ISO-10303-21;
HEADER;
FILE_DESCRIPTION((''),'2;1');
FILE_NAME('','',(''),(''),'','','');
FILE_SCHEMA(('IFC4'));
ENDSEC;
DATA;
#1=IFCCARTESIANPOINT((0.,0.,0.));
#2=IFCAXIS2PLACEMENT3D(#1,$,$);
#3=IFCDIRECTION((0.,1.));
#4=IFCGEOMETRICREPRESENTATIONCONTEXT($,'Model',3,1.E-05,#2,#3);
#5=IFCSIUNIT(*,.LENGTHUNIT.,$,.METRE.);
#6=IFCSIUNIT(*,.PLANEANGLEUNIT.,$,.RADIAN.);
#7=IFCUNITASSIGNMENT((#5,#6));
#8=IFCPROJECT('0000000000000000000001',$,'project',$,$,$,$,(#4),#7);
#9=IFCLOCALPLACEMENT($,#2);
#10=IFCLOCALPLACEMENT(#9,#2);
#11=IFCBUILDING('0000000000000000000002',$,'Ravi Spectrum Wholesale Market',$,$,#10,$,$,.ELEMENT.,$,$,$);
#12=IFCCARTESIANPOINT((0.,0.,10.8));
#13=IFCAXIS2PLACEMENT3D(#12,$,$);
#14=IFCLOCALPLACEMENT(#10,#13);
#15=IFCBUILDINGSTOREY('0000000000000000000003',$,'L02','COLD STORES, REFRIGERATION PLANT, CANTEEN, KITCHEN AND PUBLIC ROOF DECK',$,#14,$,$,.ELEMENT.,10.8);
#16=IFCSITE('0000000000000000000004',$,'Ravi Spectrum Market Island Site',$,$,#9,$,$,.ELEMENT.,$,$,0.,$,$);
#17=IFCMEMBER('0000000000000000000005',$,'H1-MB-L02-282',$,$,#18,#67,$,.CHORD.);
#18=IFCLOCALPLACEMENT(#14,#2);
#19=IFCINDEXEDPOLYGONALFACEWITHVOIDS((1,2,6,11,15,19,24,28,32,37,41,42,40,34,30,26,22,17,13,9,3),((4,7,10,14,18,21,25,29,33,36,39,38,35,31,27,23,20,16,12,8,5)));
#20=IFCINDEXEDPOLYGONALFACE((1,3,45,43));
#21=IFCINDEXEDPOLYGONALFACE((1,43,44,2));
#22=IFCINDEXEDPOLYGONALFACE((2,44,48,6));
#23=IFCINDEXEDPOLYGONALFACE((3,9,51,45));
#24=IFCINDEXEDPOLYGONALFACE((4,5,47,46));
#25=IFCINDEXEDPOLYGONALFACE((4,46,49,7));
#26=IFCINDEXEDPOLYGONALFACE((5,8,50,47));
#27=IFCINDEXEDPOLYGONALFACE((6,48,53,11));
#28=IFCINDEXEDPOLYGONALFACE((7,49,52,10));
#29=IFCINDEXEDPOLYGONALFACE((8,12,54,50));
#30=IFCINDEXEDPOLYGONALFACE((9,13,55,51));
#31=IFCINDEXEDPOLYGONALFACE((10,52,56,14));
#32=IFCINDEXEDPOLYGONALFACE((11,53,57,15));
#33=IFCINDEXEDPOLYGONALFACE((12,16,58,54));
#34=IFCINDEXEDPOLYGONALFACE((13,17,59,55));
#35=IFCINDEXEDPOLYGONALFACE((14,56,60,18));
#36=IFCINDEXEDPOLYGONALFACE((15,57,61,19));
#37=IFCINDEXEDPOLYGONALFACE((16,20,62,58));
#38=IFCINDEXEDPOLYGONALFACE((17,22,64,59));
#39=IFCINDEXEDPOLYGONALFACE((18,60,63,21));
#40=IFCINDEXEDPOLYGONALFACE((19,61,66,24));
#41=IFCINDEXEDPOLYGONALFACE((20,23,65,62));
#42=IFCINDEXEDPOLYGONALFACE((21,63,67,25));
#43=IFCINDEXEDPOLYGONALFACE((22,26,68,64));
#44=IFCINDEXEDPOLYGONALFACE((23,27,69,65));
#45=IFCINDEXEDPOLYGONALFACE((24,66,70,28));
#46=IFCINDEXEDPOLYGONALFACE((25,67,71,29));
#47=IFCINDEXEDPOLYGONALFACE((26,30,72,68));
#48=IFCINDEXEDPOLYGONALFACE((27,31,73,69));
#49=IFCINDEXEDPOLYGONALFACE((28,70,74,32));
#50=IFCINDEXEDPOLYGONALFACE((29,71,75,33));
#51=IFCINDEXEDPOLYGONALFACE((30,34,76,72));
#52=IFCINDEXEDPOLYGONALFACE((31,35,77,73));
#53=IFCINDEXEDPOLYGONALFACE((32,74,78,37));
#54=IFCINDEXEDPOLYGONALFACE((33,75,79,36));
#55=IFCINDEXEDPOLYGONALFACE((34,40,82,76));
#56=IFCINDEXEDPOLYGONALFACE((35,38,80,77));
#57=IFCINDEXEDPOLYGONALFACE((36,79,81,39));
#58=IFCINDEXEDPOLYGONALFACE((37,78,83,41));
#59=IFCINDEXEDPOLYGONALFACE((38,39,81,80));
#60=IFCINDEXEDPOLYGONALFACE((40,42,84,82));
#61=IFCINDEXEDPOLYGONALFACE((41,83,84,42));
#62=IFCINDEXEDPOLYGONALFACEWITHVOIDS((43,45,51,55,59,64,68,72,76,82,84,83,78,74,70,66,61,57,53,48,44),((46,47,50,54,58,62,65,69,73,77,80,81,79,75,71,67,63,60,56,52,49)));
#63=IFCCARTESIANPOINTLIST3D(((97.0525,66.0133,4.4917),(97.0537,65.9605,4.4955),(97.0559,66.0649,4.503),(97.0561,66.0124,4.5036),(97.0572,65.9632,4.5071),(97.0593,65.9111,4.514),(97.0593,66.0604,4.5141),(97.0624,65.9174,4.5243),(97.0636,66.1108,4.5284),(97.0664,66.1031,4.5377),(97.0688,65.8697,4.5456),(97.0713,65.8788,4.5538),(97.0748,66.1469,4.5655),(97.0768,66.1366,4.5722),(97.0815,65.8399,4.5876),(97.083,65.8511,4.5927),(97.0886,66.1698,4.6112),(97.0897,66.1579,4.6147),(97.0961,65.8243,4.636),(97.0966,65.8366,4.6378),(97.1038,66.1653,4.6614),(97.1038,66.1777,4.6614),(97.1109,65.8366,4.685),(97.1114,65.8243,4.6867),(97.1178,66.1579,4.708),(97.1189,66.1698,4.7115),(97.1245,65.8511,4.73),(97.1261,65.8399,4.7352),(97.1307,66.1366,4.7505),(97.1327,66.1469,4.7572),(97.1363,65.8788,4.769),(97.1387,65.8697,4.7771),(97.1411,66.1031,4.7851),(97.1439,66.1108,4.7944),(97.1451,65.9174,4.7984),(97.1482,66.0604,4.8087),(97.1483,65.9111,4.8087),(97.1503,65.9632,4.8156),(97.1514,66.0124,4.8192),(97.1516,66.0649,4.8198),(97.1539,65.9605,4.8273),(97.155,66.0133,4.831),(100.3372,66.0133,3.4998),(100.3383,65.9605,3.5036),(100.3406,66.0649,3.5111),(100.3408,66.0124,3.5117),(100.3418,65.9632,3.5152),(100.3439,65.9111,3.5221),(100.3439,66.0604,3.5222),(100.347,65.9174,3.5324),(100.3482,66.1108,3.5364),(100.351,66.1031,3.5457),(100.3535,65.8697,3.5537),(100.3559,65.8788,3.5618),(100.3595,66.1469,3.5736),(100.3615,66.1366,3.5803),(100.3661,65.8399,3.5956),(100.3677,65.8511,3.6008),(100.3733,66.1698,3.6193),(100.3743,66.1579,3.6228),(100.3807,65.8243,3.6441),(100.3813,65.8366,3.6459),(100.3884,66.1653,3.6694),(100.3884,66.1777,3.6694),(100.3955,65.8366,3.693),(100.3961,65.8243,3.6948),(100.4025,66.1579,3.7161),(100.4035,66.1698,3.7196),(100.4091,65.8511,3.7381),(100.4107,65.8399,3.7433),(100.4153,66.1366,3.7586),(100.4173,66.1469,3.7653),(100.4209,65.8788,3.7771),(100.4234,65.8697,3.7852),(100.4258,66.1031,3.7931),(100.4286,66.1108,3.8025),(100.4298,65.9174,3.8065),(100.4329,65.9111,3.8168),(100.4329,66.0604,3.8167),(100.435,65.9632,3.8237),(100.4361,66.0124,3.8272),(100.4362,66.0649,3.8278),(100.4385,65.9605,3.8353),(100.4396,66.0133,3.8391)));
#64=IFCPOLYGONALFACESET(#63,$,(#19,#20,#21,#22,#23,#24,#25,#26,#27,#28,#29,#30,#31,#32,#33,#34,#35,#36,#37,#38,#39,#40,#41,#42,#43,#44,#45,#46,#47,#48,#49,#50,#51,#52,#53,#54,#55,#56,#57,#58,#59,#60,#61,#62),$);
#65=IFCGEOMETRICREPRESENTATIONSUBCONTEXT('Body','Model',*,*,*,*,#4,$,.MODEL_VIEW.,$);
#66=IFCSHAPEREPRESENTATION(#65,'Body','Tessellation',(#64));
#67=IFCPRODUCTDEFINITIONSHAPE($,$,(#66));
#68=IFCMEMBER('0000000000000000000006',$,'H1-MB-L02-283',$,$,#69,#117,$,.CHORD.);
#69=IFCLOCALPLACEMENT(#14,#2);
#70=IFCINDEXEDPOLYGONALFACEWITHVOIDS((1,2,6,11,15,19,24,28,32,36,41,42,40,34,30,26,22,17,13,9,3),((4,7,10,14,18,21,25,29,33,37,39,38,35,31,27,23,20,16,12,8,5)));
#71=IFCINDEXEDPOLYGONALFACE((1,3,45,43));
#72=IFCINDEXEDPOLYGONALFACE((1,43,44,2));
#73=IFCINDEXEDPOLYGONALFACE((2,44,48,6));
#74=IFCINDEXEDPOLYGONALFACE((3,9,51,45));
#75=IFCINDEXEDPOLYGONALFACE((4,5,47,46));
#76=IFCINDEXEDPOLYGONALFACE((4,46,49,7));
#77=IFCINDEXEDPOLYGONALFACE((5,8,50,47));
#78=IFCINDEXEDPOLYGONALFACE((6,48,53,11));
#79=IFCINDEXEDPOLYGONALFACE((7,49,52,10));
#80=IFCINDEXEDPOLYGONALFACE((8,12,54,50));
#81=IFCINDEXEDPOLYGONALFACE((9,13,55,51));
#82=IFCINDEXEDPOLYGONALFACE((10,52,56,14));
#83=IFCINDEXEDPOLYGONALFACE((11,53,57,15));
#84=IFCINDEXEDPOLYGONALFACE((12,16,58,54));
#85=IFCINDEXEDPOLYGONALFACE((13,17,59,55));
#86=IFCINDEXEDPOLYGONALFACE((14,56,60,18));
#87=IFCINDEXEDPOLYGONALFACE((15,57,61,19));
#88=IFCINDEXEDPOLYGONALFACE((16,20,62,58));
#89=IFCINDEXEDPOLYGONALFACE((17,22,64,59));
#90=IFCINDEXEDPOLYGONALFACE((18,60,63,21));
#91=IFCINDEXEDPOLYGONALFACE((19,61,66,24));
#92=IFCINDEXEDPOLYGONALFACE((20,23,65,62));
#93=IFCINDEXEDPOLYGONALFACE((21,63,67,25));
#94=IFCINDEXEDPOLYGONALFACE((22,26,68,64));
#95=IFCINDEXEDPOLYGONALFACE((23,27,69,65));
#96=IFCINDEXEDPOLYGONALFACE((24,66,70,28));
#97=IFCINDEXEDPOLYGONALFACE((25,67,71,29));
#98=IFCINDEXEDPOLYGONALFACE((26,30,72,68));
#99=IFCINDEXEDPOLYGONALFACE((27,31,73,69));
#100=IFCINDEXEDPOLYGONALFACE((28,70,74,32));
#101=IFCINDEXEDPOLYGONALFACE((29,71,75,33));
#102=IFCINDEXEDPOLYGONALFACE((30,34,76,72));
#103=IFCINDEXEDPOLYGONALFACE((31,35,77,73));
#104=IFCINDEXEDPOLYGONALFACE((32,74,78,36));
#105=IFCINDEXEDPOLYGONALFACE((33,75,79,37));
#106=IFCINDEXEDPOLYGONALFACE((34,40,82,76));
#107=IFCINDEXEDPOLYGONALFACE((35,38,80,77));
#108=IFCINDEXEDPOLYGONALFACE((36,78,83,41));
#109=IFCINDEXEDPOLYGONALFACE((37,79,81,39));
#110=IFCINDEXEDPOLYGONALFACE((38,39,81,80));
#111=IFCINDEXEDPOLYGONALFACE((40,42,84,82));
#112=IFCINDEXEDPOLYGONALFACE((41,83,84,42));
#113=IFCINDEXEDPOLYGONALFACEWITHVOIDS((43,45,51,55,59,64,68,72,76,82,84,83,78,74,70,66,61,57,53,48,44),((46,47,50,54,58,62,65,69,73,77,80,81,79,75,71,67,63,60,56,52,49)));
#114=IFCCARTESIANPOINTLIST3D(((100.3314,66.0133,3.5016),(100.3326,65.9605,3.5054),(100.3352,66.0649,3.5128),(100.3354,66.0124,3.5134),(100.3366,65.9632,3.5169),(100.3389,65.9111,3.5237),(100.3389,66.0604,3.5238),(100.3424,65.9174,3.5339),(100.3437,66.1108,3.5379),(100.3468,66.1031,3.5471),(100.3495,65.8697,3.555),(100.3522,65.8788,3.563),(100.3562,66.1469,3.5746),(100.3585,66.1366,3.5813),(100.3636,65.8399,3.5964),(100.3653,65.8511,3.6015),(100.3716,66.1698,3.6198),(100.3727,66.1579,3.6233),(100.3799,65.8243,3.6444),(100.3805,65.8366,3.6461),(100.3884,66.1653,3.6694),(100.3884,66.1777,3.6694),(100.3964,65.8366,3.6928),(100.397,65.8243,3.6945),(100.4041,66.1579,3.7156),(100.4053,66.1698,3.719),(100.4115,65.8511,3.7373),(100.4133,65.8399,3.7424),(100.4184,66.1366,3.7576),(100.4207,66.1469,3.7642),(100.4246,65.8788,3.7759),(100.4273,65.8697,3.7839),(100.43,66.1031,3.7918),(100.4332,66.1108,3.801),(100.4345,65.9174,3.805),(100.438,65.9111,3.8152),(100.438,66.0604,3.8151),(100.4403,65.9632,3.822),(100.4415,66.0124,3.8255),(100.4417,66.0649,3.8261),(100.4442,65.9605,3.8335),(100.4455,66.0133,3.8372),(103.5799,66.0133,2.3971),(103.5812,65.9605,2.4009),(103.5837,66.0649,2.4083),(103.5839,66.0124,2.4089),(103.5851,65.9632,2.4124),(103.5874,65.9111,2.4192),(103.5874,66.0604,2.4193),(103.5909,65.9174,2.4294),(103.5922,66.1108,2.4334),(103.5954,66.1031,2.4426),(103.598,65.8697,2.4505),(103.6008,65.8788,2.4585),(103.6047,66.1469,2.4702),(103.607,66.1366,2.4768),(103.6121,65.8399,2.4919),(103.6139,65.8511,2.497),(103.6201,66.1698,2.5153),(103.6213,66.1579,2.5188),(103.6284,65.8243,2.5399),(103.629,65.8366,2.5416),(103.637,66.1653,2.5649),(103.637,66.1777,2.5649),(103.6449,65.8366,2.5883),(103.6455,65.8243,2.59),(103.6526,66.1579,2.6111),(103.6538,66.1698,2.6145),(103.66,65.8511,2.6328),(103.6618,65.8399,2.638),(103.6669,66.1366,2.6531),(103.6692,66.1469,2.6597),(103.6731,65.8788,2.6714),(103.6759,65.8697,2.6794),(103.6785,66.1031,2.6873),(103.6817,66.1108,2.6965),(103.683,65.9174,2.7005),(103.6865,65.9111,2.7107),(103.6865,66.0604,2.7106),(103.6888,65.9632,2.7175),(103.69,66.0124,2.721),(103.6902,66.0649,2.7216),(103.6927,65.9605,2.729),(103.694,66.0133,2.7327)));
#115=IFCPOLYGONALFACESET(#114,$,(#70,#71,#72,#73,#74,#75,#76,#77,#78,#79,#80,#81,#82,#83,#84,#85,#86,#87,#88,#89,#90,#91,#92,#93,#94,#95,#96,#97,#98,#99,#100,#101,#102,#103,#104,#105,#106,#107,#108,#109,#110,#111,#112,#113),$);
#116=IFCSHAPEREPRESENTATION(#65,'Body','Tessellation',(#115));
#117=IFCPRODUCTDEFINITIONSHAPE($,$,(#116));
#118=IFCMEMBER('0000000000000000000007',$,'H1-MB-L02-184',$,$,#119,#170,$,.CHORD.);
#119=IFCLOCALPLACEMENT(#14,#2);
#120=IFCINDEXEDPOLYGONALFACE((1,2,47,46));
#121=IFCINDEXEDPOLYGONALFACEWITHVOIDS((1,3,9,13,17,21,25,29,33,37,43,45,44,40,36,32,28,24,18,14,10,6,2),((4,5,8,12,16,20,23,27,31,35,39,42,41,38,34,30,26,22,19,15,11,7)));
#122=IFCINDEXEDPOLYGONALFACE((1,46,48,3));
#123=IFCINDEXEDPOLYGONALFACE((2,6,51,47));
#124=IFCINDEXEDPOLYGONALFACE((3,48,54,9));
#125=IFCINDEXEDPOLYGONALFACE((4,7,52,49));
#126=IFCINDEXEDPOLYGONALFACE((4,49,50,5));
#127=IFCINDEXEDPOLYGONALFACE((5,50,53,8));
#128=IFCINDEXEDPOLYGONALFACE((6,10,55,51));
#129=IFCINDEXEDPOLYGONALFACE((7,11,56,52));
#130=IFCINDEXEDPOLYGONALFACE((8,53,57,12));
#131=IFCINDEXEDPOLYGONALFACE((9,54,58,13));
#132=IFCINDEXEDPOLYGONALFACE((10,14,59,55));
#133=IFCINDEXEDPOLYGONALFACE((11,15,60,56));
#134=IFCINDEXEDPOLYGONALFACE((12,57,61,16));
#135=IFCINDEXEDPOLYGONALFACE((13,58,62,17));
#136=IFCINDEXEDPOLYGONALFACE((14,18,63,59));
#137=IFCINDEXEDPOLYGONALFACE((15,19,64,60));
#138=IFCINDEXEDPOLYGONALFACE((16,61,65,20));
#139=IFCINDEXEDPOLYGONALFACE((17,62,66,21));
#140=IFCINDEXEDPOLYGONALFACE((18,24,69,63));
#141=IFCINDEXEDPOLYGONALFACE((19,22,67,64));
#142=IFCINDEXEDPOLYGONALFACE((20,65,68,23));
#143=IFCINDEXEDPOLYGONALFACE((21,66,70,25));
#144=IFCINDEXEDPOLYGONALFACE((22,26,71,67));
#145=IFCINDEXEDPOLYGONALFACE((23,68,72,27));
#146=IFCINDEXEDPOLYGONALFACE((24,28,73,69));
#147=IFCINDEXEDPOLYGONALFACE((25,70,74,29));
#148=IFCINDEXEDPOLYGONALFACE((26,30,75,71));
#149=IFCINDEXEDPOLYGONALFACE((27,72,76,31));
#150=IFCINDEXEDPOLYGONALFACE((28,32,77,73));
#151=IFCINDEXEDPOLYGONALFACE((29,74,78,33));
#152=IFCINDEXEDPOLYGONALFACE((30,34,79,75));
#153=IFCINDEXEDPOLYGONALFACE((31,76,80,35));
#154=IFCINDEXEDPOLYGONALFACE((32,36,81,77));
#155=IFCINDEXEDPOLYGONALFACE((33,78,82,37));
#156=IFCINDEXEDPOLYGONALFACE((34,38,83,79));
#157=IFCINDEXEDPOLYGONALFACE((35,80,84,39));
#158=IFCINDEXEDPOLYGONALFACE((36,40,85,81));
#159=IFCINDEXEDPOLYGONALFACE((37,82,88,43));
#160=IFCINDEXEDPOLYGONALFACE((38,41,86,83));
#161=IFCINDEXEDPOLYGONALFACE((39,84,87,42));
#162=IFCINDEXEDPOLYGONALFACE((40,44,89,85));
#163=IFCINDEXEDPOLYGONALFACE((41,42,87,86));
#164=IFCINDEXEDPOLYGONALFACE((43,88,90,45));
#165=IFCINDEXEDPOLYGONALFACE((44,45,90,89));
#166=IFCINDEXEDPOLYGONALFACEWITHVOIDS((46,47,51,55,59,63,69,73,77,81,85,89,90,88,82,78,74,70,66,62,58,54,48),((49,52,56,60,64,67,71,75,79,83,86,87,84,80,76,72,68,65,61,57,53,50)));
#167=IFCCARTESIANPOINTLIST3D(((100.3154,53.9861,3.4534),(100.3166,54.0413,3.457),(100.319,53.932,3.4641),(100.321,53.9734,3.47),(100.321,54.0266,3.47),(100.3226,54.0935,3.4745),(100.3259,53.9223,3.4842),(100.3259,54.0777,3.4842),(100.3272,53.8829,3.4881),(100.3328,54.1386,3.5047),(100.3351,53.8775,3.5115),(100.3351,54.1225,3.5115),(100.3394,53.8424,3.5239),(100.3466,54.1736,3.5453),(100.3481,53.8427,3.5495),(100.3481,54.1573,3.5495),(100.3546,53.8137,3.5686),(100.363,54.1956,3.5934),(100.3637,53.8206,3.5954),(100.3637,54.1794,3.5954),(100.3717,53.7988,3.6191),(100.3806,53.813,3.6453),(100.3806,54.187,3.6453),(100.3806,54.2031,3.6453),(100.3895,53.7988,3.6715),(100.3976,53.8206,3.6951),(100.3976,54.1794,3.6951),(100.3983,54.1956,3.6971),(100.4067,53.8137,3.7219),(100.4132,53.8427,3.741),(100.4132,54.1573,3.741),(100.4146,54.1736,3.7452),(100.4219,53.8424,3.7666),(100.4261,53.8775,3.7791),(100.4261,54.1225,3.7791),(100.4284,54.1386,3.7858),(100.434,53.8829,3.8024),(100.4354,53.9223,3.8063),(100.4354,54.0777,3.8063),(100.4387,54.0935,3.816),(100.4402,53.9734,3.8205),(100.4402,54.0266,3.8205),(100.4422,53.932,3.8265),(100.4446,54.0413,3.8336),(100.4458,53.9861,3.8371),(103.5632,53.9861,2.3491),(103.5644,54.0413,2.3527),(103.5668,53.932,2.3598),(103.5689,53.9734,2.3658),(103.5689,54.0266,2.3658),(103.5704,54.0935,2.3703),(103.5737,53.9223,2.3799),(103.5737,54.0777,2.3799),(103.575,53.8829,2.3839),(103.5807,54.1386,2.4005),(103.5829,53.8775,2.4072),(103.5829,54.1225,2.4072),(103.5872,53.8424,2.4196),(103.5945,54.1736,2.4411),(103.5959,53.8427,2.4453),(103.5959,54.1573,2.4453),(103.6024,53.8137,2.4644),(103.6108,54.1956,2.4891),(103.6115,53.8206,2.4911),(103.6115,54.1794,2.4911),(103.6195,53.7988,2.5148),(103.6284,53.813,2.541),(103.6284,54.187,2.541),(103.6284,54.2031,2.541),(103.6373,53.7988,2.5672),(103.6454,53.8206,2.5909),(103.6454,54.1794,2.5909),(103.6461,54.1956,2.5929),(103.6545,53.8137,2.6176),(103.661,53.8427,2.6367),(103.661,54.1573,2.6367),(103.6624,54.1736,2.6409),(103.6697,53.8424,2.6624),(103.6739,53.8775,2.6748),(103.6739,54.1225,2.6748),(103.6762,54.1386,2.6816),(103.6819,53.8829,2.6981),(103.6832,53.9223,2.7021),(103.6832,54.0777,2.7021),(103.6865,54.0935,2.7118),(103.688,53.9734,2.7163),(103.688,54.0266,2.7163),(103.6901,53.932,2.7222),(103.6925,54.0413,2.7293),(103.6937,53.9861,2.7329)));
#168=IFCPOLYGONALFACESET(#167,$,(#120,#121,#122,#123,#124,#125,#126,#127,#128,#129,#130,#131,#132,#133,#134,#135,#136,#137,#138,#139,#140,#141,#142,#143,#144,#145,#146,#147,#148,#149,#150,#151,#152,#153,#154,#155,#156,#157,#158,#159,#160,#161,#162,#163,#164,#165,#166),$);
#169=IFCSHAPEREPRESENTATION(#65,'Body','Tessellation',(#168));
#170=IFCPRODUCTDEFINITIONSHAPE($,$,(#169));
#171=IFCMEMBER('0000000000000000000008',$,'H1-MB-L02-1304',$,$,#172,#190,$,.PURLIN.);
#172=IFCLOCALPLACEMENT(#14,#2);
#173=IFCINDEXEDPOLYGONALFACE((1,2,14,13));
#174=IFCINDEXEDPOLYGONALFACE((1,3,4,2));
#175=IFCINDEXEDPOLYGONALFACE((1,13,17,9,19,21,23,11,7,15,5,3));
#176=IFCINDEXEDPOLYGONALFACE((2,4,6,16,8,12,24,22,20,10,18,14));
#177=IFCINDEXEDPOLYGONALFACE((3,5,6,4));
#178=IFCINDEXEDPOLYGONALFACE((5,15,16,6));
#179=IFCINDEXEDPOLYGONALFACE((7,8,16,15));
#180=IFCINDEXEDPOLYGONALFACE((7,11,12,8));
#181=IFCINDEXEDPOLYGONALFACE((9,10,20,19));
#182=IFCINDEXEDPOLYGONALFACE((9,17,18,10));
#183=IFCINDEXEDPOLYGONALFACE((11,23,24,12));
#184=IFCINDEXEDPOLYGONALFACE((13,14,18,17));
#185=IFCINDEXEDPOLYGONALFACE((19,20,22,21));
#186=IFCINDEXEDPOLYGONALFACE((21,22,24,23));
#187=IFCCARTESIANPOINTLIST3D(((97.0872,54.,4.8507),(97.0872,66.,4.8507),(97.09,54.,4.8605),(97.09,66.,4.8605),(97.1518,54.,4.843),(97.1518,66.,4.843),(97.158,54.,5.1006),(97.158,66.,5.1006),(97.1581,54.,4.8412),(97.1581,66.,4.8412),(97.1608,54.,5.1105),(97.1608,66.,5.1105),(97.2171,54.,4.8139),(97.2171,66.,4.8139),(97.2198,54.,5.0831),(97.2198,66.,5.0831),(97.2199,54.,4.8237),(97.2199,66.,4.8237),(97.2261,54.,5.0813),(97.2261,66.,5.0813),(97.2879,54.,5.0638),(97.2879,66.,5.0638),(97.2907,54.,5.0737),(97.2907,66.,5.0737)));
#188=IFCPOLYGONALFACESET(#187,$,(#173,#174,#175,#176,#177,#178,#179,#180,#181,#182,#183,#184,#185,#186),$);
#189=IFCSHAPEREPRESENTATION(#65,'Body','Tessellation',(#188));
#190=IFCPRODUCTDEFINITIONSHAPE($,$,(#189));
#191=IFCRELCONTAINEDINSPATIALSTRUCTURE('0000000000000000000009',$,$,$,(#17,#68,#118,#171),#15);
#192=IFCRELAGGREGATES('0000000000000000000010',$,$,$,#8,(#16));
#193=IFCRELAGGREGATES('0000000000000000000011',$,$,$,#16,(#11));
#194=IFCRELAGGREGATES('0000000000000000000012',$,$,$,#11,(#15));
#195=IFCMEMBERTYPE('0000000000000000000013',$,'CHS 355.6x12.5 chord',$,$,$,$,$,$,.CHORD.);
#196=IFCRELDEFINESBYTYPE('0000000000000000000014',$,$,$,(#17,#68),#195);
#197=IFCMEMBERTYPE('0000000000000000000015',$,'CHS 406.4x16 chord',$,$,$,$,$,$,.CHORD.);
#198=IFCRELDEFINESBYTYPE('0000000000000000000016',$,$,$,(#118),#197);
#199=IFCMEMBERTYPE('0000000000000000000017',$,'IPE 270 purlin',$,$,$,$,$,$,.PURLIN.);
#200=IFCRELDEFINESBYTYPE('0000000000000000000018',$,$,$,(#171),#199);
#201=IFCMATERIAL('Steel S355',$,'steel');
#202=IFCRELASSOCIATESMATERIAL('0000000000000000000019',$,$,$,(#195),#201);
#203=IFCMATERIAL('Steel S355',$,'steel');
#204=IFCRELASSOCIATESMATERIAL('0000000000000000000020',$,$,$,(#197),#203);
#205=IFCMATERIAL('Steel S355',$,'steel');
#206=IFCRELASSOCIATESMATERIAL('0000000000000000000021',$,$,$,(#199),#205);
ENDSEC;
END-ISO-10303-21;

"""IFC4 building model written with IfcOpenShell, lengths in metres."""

from ifc_helpers import new_model, si_unit, direction, frame, origin, origin_2d, place, context, subcontext, project, spatial, hollow_circle, i_section, extrude, material, material_profile, profile_set, type_object, element, save


model = new_model("IFC4")

# Units and contexts
model_context = context("Model", 3, precision=1e-05, world=origin(), true_north=direction((0.0, 1.0)))
body_context = subcontext(model_context, "Body", "Model", "MODEL_VIEW")
ifc_project = project(units=[si_unit("LENGTHUNIT", "METRE"), si_unit("PLANEANGLEUNIT", "RADIAN")], contexts=[model_context])

# Site, building, storey
site_placement = place(None, origin())
site = spatial("IfcSite", under=ifc_project, at=site_placement, Name="Ravi Spectrum Market Island Site", CompositionType="ELEMENT", RefElevation=0.0)
building_placement = place(site_placement, origin())
building = spatial("IfcBuilding", under=site, at=building_placement, Name="Ravi Spectrum Wholesale Market", CompositionType="ELEMENT")
storey_placement = place(building_placement, frame((0.0, 0.0, 10.8)))
storey = spatial("IfcBuildingStorey", under=building, at=storey_placement, Name="L02", Description="COLD STORES, REFRIGERATION PLANT, CANTEEN, KITCHEN AND PUBLIC ROOF DECK", CompositionType="ELEMENT", Elevation=10.8)

# Members
ifc_material_1 = material(Name="Steel S355", Category="steel")
ifc_material_profile_1 = material_profile(ifc_material_1, hollow_circle(Radius=0.1777, WallThickness=0.0125, at=origin_2d()))
ifc_profile_set_1 = profile_set([ifc_material_profile_1], Name="Steel S355")
member_type_1 = type_object("IfcMemberType", Name="CHS 355.6x12.5 chord", PredefinedType="CHORD", material=ifc_profile_set_1)
for number, where, z_axis, x_axis, name in (
    (1, (97.1038, 66.0, 4.6614), (0.9573, 0.0, -0.289097), (0.0, 1.0, 0.0), "H1-MB-L02-282"),
    (2, (100.3884, 66.0, 3.6694), (0.946774, 0.0, -0.3219), (0.0, 1.0, 0.0), "H1-MB-L02-283"),
):
    element("IfcMember", number, at=place(storey_placement, frame(where, z_axis=z_axis, x_axis=x_axis)), inside=storey, type_object=member_type_1, Name=name, PredefinedType="CHORD", context=body_context, shape_type="SweptSolid", body=[
        extrude(hollow_circle(Radius=0.1777, WallThickness=0.0125, at=origin_2d()), origin(), (0.0, 0.0, 1.0), 3.4312),
    ])
ifc_material_2 = material(Name="Steel S355", Category="steel")
ifc_material_profile_2 = material_profile(ifc_material_2, hollow_circle(Radius=0.2031, WallThickness=0.0161, at=origin_2d()))
ifc_profile_set_2 = profile_set([ifc_material_profile_2], Name="Steel S355")
member_type_2 = type_object("IfcMemberType", Name="CHS 406.4x16 chord", PredefinedType="CHORD", material=ifc_profile_set_2)
member_1_placement = place(storey_placement, frame((100.3806, 54.0, 3.6453), z_axis=(0.946773, 0.0, -0.321901), x_axis=(0.0, 1.0, 0.0)))
element("IfcMember", 3, at=member_1_placement, inside=storey, type_object=member_type_2, Name="H1-MB-L02-184", PredefinedType="CHORD", context=body_context, shape_type="SweptSolid", body=[
    extrude(hollow_circle(Radius=0.2031, WallThickness=0.0161, at=origin_2d()), origin(), (0.0, 0.0, 1.0), 3.4304),
])
ifc_material_3 = material(Name="Steel S355", Category="steel")
ifc_material_profile_3 = material_profile(ifc_material_3, i_section(OverallWidth=0.135, OverallDepth=0.27, WebThickness=0.0066, FlangeThickness=0.0103, at=origin_2d()))
ifc_profile_set_3 = profile_set([ifc_material_profile_3], Name="Steel S355")
member_type_3 = type_object("IfcMemberType", Name="IPE 270 purlin", PredefinedType="PURLIN", material=ifc_profile_set_3)
for number, where, z_axis, x_axis, name in (
    (4, (97.189, 54.0, 4.9622), (0.0, 1.0, 0.0), (-0.962156, 0.0, 0.272499), "H1-MB-L02-1304"),
):
    element("IfcMember", number, at=place(storey_placement, frame(where, z_axis=z_axis, x_axis=x_axis)), inside=storey, type_object=member_type_3, Name=name, PredefinedType="PURLIN", context=body_context, shape_type="SweptSolid", body=[
        extrude(i_section(OverallWidth=0.135, OverallDepth=0.27, WebThickness=0.0066, FlangeThickness=0.0103, at=origin_2d()), origin(), (0.0, 0.0, 1.0), 12.0),
    ])

save(model, "model.ifc")
